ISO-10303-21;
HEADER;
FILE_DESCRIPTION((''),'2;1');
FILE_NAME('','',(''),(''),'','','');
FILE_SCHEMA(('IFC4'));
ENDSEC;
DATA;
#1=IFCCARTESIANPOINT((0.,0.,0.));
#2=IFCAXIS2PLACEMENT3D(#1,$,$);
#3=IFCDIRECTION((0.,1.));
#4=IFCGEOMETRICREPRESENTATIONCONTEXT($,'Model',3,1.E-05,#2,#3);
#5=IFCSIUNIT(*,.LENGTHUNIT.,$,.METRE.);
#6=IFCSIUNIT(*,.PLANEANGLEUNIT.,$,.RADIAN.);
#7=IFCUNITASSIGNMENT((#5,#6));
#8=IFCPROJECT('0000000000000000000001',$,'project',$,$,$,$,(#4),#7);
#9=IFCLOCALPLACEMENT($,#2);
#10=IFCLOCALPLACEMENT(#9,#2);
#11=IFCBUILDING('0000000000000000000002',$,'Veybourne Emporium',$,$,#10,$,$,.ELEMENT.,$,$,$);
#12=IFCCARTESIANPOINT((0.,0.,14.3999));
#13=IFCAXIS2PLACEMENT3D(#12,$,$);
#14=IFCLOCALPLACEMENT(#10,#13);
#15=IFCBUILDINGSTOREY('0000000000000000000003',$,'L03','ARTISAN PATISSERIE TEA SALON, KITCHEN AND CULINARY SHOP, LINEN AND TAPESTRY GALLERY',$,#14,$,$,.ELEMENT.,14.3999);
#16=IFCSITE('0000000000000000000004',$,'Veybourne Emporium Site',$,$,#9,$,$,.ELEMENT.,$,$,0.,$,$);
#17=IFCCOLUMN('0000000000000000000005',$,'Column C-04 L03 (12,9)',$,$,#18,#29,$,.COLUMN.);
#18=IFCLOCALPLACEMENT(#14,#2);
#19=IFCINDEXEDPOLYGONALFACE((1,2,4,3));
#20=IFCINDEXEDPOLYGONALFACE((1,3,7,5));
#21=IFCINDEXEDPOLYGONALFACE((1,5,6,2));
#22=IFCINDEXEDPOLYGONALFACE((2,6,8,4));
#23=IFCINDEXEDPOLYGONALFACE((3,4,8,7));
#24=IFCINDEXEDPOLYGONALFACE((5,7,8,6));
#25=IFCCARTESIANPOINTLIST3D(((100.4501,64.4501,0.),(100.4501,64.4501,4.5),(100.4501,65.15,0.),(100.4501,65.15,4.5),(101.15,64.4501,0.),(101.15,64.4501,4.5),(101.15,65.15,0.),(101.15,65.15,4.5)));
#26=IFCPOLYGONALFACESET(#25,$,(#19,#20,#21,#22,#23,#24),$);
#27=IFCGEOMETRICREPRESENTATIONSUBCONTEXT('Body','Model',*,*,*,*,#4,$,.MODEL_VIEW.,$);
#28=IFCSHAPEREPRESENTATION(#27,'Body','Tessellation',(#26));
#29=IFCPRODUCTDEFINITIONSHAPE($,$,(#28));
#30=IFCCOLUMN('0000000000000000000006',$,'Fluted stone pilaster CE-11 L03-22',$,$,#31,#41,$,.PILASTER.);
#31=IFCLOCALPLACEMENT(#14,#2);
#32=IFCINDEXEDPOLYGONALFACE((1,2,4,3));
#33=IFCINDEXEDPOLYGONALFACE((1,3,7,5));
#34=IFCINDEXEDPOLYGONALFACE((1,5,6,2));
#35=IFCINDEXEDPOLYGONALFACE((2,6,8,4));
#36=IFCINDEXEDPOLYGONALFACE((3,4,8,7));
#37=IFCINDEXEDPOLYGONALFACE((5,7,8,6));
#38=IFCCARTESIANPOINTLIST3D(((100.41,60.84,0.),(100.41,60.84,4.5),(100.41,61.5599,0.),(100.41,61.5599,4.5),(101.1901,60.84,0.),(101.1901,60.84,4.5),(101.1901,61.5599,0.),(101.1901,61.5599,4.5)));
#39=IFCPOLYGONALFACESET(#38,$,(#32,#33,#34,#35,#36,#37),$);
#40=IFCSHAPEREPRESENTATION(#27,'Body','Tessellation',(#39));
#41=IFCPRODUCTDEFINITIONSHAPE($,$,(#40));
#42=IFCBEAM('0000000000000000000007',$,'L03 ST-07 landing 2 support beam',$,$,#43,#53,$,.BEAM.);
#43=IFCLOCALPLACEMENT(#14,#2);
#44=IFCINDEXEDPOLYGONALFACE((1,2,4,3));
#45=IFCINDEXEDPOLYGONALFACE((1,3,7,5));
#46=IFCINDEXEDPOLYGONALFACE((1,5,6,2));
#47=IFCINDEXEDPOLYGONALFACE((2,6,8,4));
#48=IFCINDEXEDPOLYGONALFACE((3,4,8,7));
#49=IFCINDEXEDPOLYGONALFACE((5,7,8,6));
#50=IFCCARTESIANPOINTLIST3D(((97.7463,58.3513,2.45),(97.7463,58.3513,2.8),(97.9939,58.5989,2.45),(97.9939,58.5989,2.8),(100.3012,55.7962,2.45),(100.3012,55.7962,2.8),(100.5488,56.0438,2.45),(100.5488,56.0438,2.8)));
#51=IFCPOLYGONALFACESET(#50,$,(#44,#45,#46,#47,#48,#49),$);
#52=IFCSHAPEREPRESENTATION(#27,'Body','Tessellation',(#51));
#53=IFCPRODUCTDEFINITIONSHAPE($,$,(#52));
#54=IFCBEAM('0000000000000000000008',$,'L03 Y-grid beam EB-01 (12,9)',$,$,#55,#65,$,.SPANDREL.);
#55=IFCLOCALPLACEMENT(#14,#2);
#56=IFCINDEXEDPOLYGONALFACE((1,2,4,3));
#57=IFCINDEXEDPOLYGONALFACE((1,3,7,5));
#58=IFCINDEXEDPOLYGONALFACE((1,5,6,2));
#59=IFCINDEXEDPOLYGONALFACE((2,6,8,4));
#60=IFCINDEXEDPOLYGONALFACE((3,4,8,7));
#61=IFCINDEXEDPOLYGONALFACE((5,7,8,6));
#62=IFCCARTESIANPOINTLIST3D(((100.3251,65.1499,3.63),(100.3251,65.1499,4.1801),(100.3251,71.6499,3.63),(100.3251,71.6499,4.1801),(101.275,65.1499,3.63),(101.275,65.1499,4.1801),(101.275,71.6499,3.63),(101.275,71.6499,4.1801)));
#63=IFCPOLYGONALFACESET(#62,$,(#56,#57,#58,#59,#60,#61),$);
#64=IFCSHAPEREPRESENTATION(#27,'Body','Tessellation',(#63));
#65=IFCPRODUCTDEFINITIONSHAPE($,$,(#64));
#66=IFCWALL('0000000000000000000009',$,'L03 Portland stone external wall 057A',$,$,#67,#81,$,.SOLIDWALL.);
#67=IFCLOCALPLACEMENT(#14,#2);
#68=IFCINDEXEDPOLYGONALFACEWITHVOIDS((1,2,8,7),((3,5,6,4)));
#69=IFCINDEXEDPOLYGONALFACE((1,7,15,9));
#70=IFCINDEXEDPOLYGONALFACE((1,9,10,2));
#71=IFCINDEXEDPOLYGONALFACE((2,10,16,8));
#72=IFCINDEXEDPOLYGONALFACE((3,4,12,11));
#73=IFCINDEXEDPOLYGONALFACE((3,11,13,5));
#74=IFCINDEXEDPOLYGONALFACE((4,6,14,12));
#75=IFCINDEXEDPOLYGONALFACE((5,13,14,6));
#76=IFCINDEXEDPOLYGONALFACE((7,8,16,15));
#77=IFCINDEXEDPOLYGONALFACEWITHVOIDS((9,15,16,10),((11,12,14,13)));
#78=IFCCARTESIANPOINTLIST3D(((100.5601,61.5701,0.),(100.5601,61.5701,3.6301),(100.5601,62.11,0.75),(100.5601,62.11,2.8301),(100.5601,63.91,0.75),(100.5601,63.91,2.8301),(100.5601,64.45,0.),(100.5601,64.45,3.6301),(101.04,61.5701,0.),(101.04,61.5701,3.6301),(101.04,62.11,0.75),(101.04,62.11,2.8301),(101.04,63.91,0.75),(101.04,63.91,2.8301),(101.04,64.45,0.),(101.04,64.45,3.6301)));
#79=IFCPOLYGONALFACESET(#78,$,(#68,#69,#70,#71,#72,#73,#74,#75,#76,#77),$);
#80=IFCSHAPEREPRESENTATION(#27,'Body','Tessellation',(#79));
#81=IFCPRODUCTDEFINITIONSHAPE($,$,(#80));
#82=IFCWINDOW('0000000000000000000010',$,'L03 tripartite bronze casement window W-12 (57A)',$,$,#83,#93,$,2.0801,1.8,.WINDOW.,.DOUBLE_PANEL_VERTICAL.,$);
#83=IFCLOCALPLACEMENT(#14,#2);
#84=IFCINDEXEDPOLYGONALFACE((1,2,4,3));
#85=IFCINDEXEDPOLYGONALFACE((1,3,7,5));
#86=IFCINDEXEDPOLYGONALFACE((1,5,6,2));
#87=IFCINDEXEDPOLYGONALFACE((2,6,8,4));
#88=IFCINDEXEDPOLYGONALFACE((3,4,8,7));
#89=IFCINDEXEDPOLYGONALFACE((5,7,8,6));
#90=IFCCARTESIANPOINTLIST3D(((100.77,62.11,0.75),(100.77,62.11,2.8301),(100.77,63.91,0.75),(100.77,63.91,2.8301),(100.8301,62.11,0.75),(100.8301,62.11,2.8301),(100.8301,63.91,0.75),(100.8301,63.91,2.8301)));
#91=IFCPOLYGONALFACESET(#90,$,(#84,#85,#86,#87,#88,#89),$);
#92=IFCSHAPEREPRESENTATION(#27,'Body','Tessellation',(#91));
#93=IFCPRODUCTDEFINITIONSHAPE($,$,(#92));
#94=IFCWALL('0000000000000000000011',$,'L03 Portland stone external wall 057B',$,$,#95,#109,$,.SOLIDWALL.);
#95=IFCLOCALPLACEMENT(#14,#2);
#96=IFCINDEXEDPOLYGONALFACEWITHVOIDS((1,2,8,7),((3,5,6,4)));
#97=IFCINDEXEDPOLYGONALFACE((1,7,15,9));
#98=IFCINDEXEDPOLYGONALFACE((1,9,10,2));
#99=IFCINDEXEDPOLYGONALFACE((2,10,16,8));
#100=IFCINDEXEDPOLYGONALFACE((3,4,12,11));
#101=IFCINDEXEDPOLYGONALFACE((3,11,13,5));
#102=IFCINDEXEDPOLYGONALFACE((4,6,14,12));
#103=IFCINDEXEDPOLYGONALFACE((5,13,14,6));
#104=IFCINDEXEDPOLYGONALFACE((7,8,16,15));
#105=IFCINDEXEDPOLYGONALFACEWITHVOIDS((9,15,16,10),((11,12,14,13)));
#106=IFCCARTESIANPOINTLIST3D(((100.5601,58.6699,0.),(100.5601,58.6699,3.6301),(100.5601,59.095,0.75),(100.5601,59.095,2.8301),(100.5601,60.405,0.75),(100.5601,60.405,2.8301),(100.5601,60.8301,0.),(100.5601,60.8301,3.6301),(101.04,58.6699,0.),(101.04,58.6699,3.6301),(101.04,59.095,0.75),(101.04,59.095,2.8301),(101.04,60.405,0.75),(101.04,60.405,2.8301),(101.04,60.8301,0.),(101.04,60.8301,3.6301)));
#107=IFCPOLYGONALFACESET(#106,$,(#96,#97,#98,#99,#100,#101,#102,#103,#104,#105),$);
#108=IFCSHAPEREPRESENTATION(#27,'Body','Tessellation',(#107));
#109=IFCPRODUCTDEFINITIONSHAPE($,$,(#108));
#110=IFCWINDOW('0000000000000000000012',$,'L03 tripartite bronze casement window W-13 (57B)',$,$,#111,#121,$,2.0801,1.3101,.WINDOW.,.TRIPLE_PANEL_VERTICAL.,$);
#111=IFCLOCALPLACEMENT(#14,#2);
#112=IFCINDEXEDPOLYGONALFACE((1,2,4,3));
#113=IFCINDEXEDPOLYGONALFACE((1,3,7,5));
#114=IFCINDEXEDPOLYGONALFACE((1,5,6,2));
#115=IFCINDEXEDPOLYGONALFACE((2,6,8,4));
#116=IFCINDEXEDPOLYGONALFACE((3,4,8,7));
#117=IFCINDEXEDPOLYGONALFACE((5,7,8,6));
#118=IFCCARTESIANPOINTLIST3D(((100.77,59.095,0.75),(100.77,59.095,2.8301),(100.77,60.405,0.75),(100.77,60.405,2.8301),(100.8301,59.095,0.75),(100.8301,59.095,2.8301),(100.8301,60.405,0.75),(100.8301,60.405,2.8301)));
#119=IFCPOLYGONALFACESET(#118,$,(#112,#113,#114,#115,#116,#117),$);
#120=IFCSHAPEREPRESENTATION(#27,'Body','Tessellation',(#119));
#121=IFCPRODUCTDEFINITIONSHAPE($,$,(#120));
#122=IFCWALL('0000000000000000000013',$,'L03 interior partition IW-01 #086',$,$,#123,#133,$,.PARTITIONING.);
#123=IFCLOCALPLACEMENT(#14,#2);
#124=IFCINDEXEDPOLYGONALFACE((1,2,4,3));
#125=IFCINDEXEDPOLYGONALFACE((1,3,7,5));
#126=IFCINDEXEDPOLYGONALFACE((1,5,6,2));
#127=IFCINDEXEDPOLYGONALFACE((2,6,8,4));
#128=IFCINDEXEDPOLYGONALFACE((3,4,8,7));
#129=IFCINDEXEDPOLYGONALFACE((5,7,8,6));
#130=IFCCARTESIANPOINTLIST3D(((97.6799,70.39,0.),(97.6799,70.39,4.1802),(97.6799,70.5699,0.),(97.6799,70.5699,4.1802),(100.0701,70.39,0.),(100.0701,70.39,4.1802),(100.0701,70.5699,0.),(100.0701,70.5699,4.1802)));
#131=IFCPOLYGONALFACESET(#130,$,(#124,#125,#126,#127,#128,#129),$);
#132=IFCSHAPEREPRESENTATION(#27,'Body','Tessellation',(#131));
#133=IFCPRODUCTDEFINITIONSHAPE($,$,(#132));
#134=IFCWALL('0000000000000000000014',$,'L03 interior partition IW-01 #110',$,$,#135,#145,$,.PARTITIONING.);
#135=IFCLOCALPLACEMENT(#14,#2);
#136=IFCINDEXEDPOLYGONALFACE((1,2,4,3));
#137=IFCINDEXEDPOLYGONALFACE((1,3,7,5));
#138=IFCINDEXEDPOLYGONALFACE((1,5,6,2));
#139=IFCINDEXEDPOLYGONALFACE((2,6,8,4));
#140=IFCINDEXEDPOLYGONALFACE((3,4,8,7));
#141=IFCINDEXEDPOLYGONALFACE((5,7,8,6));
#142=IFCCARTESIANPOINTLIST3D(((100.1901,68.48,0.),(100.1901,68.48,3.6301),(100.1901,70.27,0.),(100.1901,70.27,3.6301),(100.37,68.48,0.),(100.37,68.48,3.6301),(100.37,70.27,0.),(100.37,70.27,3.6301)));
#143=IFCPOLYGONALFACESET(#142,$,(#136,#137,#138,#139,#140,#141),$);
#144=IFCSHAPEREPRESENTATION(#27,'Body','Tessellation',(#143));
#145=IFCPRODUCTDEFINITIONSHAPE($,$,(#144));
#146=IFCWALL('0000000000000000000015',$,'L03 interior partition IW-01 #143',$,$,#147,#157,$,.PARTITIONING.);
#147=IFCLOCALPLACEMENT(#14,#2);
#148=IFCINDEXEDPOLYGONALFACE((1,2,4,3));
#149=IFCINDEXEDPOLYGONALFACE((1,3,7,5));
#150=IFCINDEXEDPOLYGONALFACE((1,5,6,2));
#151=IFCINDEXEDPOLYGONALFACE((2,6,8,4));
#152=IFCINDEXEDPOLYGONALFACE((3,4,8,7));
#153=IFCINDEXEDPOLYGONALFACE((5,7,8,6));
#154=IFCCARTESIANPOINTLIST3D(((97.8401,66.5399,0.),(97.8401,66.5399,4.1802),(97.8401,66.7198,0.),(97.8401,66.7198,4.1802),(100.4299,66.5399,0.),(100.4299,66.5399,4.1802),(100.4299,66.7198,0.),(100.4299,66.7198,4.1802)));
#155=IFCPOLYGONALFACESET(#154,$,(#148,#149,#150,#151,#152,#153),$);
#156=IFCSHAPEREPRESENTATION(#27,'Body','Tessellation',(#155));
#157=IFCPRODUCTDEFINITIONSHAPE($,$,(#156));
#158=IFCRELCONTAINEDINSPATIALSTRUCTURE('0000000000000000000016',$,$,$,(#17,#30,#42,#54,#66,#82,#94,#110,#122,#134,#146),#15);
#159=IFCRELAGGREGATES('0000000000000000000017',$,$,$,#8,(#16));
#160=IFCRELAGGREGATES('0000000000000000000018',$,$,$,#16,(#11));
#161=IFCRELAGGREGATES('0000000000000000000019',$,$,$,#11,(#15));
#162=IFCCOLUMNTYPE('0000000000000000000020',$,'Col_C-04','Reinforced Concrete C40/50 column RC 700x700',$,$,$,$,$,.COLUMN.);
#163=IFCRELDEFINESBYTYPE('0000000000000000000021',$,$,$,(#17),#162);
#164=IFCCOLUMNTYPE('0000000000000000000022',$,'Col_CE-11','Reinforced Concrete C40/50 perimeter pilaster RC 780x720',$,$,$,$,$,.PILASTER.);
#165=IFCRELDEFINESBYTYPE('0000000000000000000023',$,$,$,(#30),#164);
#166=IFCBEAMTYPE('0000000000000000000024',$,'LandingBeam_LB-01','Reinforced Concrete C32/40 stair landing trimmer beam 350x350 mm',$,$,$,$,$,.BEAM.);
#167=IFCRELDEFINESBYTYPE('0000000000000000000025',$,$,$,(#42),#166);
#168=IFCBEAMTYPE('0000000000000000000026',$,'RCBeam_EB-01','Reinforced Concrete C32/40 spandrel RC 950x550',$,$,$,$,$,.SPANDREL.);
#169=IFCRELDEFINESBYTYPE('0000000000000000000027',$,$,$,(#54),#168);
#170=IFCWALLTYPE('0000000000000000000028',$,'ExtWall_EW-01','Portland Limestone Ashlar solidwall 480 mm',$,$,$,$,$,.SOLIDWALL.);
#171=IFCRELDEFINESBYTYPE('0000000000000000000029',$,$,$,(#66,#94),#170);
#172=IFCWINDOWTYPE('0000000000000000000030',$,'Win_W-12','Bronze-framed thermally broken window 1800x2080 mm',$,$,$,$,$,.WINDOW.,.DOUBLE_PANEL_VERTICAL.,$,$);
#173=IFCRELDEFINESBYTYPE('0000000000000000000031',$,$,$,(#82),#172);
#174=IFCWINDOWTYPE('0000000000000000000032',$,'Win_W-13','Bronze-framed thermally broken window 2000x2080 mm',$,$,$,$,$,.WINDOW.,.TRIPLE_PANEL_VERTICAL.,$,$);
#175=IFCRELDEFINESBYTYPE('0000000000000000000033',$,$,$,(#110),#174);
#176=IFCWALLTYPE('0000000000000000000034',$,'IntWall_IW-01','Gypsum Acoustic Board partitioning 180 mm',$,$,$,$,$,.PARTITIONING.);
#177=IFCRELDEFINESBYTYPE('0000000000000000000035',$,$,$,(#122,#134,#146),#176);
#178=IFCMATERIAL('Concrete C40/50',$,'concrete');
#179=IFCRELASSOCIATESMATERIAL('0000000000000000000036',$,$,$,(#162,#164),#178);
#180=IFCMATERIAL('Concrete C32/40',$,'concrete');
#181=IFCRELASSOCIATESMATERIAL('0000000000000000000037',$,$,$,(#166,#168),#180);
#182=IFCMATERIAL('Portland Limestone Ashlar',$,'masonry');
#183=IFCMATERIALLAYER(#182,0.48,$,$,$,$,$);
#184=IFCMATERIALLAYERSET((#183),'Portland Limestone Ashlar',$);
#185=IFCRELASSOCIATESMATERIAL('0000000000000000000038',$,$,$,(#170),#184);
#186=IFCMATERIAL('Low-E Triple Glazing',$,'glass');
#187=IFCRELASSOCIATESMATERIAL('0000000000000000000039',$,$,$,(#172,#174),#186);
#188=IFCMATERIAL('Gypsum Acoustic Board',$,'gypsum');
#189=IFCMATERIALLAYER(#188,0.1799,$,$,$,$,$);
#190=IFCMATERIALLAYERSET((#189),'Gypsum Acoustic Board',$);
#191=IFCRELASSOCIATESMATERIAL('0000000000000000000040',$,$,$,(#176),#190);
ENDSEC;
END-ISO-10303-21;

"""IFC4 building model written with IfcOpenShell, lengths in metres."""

from ifc_helpers import new_model, si_unit, direction, frame, frame_2d, origin, origin_2d, place, context, subcontext, project, spatial, rectangle, extrude, material, layer, layer_set, material_profile, profile_set, type_object, element, fill, save


model = new_model("IFC4")

# Units and contexts
model_context = context("Model", 3, precision=1e-05, world=origin(), true_north=direction((0.0, 1.0)))
body_context = subcontext(model_context, "Body", "Model", "MODEL_VIEW")
ifc_project = project(units=[si_unit("LENGTHUNIT", "METRE"), si_unit("PLANEANGLEUNIT", "RADIAN")], contexts=[model_context])

# Site, building, storey
site_placement = place(None, origin())
site = spatial("IfcSite", under=ifc_project, at=site_placement, Name="Veybourne Emporium Site", CompositionType="ELEMENT", RefElevation=0.0)
building_placement = place(site_placement, origin())
building = spatial("IfcBuilding", under=site, at=building_placement, Name="Veybourne Emporium", CompositionType="ELEMENT")
storey_placement = place(building_placement, frame((0.0, 0.0, 14.3999)))
storey = spatial("IfcBuildingStorey", under=building, at=storey_placement, Name="L03", Description="ARTISAN PATISSERIE TEA SALON, KITCHEN AND CULINARY SHOP, LINEN AND TAPESTRY GALLERY", CompositionType="ELEMENT", Elevation=14.3999)

# Columns
ifc_material_1 = material(Name="Concrete C40/50", Category="concrete")
ifc_material_profile_1 = material_profile(ifc_material_1, rectangle(XDim=0.7, YDim=0.7, at=origin_2d()), Name="RC 700x700")
ifc_profile_set_1 = profile_set([ifc_material_profile_1], Name="Concrete C40/50")
column_type_1 = type_object("IfcColumnType", Name="Col_C-04", Description="Reinforced Concrete C40/50 column RC 700x700", PredefinedType="COLUMN", material=ifc_profile_set_1)
column_1_placement = place(storey_placement, frame((100.8, 64.8, 0.0), z_axis=(0.0, 0.0, 1.0), x_axis=(1.0, 0.0, 0.0)))
element("IfcColumn", 1, at=column_1_placement, inside=storey, type_object=column_type_1, Name="Column C-04 L03 (12,9)", PredefinedType="COLUMN", context=body_context, shape_type="SweptSolid", body=[
    extrude(rectangle(XDim=0.7, YDim=0.7, at=origin_2d()), origin(), (0.0, 0.0, 1.0), 4.5),
])
ifc_material_profile_2 = material_profile(ifc_material_1, rectangle(XDim=0.78, YDim=0.72, at=origin_2d()), Name="RC 780x720")
ifc_profile_set_2 = profile_set([ifc_material_profile_2], Name="Concrete C40/50")
column_type_2 = type_object("IfcColumnType", Name="Col_CE-11", Description="Reinforced Concrete C40/50 perimeter pilaster RC 780x720", PredefinedType="PILASTER", material=ifc_profile_set_2)
column_2_placement = place(storey_placement, frame((100.8, 61.2, 0.0), z_axis=(0.0, 0.0, 1.0), x_axis=(1.0, 0.0, 0.0)))
element("IfcColumn", 2, at=column_2_placement, inside=storey, type_object=column_type_2, Name="Fluted stone pilaster CE-11 L03-22", PredefinedType="PILASTER", context=body_context, shape_type="SweptSolid", body=[
    extrude(rectangle(XDim=0.78, YDim=0.72, at=origin_2d()), origin(), (0.0, 0.0, 1.0), 4.5),
])

# Beams
ifc_material_2 = material(Name="Concrete C32/40", Category="concrete")
ifc_material_profile_3 = material_profile(ifc_material_2, rectangle(XDim=0.3501, YDim=0.3501, at=origin_2d()), Name="RC 350x350")
ifc_profile_set_3 = profile_set([ifc_material_profile_3], Name="Concrete C32/40")
beam_type_1 = type_object("IfcBeamType", Name="LandingBeam_LB-01", Description="Reinforced Concrete C32/40 stair landing trimmer beam 350x350 mm", PredefinedType="BEAM", material=ifc_profile_set_3)
beam_1_placement = place(storey_placement, frame((97.8701, 58.4751, 2.625), z_axis=(0.707073, -0.707141, 0.0), x_axis=(0.707141, 0.707073, 0.0)))
element("IfcBeam", 3, at=beam_1_placement, inside=storey, type_object=beam_type_1, Name="L03 ST-07 landing 2 support beam", PredefinedType="BEAM", context=body_context, shape_type="SweptSolid", body=[
    extrude(rectangle(XDim=0.3501, YDim=0.3501, at=origin_2d()), origin(), (0.0, 0.0, 1.0), 3.6133),
])
ifc_material_profile_4 = material_profile(ifc_material_2, rectangle(XDim=0.95, YDim=0.55, at=origin_2d()), Name="RC 950x550")
ifc_profile_set_4 = profile_set([ifc_material_profile_4], Name="Concrete C32/40")
beam_type_2 = type_object("IfcBeamType", Name="RCBeam_EB-01", Description="Reinforced Concrete C32/40 spandrel RC 950x550", PredefinedType="SPANDREL", material=ifc_profile_set_4)
beam_2_placement = place(storey_placement, frame((100.8, 65.1499, 3.905), z_axis=(0.0, 1.0, 0.0), x_axis=(-1.0, 0.0, 0.0)))
element("IfcBeam", 4, at=beam_2_placement, inside=storey, type_object=beam_type_2, Name="L03 Y-grid beam EB-01 (12,9)", PredefinedType="SPANDREL", context=body_context, shape_type="SweptSolid", body=[
    extrude(rectangle(XDim=0.95, YDim=0.55, at=origin_2d()), origin(), (0.0, 0.0, 1.0), 6.5),
])

# Walls, openings, windows
ifc_material_3 = material(Name="Portland Limestone Ashlar", Category="masonry")
ifc_layer_1 = layer(ifc_material_3, 0.48)
ifc_layer_set_1 = layer_set([ifc_layer_1], Name="Portland Limestone Ashlar")
wall_type_1 = type_object("IfcWallType", Name="ExtWall_EW-01", Description="Portland Limestone Ashlar solidwall 480 mm", PredefinedType="SOLIDWALL", material=ifc_layer_set_1)
wall_1_placement = place(storey_placement, frame((100.8, 64.45, 0.0), z_axis=(0.0, 0.0, 1.0), x_axis=(0.0, -1.0, 0.0)))
wall_1 = element("IfcWall", 5, at=wall_1_placement, inside=storey, type_object=wall_type_1, Name="L03 Portland stone external wall 057A", PredefinedType="SOLIDWALL", context=body_context, shape_type="SweptSolid", body=[
    extrude(rectangle(XDim=2.8799, YDim=0.48, at=frame_2d((1.4399, 0.0))), origin(), (0.0, 0.0, 1.0), 3.6301),
])
opening_1_placement = place(wall_1_placement, frame((0.54, 0.0, 0.75)))
opening_1 = element("IfcOpeningElement", 6, at=opening_1_placement, cuts=wall_1, PredefinedType="OPENING", context=body_context, shape_type="SweptSolid", body=[
    extrude(rectangle(XDim=1.8, YDim=2.0801, at=frame_2d((0.8999, 1.04))), frame((0.0, 0.26, 0.0), z_axis=(0.0, -1.0, 0.0), x_axis=(1.0, 0.0, 0.0)), (0.0, 0.0, 1.0), 0.52),
])
ifc_material_4 = material(Name="Low-E Triple Glazing", Category="glass")
window_type_1 = type_object("IfcWindowType", Name="Win_W-12", Description="Bronze-framed thermally broken window 1800x2080 mm", PartitioningType="DOUBLE_PANEL_VERTICAL", PredefinedType="WINDOW", material=ifc_material_4)
window_1_placement = place(opening_1_placement, origin())
window_1 = element("IfcWindow", 7, at=window_1_placement, inside=storey, type_object=window_type_1, Name="L03 tripartite bronze casement window W-12 (57A)", OverallHeight=2.0801, OverallWidth=1.8, PartitioningType="DOUBLE_PANEL_VERTICAL", PredefinedType="WINDOW", context=body_context, shape_type="SweptSolid", body=[
    extrude(rectangle(XDim=1.8, YDim=2.0801, at=frame_2d((0.8999, 1.04))), frame((0.0, 0.03, 0.0), z_axis=(0.0, -1.0, 0.0), x_axis=(1.0, 0.0, 0.0)), (0.0, 0.0, 1.0), 0.0601),
])
fill(opening_1, window_1)
wall_2_placement = place(storey_placement, frame((100.8, 60.8301, 0.0), z_axis=(0.0, 0.0, 1.0), x_axis=(0.0, -1.0, 0.0)))
wall_2 = element("IfcWall", 8, at=wall_2_placement, inside=storey, type_object=wall_type_1, Name="L03 Portland stone external wall 057B", PredefinedType="SOLIDWALL", context=body_context, shape_type="SweptSolid", body=[
    extrude(rectangle(XDim=2.1602, YDim=0.48, at=frame_2d((1.0801, 0.0))), origin(), (0.0, 0.0, 1.0), 3.6301),
])
opening_2_placement = place(wall_2_placement, frame((0.425, 0.0, 0.75)))
opening_2 = element("IfcOpeningElement", 9, at=opening_2_placement, cuts=wall_2, PredefinedType="OPENING", context=body_context, shape_type="SweptSolid", body=[
    extrude(rectangle(XDim=1.3101, YDim=2.0801, at=frame_2d((0.655, 1.04))), frame((0.0, 0.26, 0.0), z_axis=(0.0, -1.0, 0.0), x_axis=(1.0, 0.0, 0.0)), (0.0, 0.0, 1.0), 0.52),
])
window_type_2 = type_object("IfcWindowType", Name="Win_W-13", Description="Bronze-framed thermally broken window 2000x2080 mm", PartitioningType="TRIPLE_PANEL_VERTICAL", PredefinedType="WINDOW", material=ifc_material_4)
window_2_placement = place(opening_2_placement, origin())
window_2 = element("IfcWindow", 10, at=window_2_placement, inside=storey, type_object=window_type_2, Name="L03 tripartite bronze casement window W-13 (57B)", OverallHeight=2.0801, OverallWidth=1.3101, PartitioningType="TRIPLE_PANEL_VERTICAL", PredefinedType="WINDOW", context=body_context, shape_type="SweptSolid", body=[
    extrude(rectangle(XDim=1.3101, YDim=2.0801, at=frame_2d((0.655, 1.04))), frame((0.0, 0.03, 0.0), z_axis=(0.0, -1.0, 0.0), x_axis=(1.0, 0.0, 0.0)), (0.0, 0.0, 1.0), 0.0601),
])
fill(opening_2, window_2)

# Walls
ifc_material_5 = material(Name="Gypsum Acoustic Board", Category="gypsum")
ifc_layer_2 = layer(ifc_material_5, 0.1799)
ifc_layer_set_2 = layer_set([ifc_layer_2], Name="Gypsum Acoustic Board")
wall_type_2 = type_object("IfcWallType", Name="IntWall_IW-01", Description="Gypsum Acoustic Board partitioning 180 mm", PredefinedType="PARTITIONING", material=ifc_layer_set_2)
wall_3_placement = place(storey_placement, frame((97.6799, 70.48, 0.0), z_axis=(0.0, 0.0, 1.0), x_axis=(1.0, 0.0, 0.0)))
element("IfcWall", 11, at=wall_3_placement, inside=storey, type_object=wall_type_2, Name="L03 interior partition IW-01 #086", PredefinedType="PARTITIONING", context=body_context, shape_type="SweptSolid", body=[
    extrude(rectangle(XDim=2.3901, YDim=0.1799, at=frame_2d((1.1951, 0.0))), origin(), (0.0, 0.0, 1.0), 4.1802),
])
wall_4_placement = place(storey_placement, frame((100.28, 68.48, 0.0), z_axis=(0.0, 0.0, 1.0), x_axis=(0.0, 1.0, 0.0)))
element("IfcWall", 12, at=wall_4_placement, inside=storey, type_object=wall_type_2, Name="L03 interior partition IW-01 #110", PredefinedType="PARTITIONING", context=body_context, shape_type="SweptSolid", body=[
    extrude(rectangle(XDim=1.79, YDim=0.1799, at=frame_2d((0.895, 0.0))), origin(), (0.0, 0.0, 1.0), 3.6301),
])
wall_5_placement = place(storey_placement, frame((97.8401, 66.6299, 0.0), z_axis=(0.0, 0.0, 1.0), x_axis=(1.0, 0.0, 0.0)))
element("IfcWall", 13, at=wall_5_placement, inside=storey, type_object=wall_type_2, Name="L03 interior partition IW-01 #143", PredefinedType="PARTITIONING", context=body_context, shape_type="SweptSolid", body=[
    extrude(rectangle(XDim=2.5898, YDim=0.1799, at=frame_2d((1.2949, 0.0))), origin(), (0.0, 0.0, 1.0), 4.1802),
])

save(model, "model.ifc")
